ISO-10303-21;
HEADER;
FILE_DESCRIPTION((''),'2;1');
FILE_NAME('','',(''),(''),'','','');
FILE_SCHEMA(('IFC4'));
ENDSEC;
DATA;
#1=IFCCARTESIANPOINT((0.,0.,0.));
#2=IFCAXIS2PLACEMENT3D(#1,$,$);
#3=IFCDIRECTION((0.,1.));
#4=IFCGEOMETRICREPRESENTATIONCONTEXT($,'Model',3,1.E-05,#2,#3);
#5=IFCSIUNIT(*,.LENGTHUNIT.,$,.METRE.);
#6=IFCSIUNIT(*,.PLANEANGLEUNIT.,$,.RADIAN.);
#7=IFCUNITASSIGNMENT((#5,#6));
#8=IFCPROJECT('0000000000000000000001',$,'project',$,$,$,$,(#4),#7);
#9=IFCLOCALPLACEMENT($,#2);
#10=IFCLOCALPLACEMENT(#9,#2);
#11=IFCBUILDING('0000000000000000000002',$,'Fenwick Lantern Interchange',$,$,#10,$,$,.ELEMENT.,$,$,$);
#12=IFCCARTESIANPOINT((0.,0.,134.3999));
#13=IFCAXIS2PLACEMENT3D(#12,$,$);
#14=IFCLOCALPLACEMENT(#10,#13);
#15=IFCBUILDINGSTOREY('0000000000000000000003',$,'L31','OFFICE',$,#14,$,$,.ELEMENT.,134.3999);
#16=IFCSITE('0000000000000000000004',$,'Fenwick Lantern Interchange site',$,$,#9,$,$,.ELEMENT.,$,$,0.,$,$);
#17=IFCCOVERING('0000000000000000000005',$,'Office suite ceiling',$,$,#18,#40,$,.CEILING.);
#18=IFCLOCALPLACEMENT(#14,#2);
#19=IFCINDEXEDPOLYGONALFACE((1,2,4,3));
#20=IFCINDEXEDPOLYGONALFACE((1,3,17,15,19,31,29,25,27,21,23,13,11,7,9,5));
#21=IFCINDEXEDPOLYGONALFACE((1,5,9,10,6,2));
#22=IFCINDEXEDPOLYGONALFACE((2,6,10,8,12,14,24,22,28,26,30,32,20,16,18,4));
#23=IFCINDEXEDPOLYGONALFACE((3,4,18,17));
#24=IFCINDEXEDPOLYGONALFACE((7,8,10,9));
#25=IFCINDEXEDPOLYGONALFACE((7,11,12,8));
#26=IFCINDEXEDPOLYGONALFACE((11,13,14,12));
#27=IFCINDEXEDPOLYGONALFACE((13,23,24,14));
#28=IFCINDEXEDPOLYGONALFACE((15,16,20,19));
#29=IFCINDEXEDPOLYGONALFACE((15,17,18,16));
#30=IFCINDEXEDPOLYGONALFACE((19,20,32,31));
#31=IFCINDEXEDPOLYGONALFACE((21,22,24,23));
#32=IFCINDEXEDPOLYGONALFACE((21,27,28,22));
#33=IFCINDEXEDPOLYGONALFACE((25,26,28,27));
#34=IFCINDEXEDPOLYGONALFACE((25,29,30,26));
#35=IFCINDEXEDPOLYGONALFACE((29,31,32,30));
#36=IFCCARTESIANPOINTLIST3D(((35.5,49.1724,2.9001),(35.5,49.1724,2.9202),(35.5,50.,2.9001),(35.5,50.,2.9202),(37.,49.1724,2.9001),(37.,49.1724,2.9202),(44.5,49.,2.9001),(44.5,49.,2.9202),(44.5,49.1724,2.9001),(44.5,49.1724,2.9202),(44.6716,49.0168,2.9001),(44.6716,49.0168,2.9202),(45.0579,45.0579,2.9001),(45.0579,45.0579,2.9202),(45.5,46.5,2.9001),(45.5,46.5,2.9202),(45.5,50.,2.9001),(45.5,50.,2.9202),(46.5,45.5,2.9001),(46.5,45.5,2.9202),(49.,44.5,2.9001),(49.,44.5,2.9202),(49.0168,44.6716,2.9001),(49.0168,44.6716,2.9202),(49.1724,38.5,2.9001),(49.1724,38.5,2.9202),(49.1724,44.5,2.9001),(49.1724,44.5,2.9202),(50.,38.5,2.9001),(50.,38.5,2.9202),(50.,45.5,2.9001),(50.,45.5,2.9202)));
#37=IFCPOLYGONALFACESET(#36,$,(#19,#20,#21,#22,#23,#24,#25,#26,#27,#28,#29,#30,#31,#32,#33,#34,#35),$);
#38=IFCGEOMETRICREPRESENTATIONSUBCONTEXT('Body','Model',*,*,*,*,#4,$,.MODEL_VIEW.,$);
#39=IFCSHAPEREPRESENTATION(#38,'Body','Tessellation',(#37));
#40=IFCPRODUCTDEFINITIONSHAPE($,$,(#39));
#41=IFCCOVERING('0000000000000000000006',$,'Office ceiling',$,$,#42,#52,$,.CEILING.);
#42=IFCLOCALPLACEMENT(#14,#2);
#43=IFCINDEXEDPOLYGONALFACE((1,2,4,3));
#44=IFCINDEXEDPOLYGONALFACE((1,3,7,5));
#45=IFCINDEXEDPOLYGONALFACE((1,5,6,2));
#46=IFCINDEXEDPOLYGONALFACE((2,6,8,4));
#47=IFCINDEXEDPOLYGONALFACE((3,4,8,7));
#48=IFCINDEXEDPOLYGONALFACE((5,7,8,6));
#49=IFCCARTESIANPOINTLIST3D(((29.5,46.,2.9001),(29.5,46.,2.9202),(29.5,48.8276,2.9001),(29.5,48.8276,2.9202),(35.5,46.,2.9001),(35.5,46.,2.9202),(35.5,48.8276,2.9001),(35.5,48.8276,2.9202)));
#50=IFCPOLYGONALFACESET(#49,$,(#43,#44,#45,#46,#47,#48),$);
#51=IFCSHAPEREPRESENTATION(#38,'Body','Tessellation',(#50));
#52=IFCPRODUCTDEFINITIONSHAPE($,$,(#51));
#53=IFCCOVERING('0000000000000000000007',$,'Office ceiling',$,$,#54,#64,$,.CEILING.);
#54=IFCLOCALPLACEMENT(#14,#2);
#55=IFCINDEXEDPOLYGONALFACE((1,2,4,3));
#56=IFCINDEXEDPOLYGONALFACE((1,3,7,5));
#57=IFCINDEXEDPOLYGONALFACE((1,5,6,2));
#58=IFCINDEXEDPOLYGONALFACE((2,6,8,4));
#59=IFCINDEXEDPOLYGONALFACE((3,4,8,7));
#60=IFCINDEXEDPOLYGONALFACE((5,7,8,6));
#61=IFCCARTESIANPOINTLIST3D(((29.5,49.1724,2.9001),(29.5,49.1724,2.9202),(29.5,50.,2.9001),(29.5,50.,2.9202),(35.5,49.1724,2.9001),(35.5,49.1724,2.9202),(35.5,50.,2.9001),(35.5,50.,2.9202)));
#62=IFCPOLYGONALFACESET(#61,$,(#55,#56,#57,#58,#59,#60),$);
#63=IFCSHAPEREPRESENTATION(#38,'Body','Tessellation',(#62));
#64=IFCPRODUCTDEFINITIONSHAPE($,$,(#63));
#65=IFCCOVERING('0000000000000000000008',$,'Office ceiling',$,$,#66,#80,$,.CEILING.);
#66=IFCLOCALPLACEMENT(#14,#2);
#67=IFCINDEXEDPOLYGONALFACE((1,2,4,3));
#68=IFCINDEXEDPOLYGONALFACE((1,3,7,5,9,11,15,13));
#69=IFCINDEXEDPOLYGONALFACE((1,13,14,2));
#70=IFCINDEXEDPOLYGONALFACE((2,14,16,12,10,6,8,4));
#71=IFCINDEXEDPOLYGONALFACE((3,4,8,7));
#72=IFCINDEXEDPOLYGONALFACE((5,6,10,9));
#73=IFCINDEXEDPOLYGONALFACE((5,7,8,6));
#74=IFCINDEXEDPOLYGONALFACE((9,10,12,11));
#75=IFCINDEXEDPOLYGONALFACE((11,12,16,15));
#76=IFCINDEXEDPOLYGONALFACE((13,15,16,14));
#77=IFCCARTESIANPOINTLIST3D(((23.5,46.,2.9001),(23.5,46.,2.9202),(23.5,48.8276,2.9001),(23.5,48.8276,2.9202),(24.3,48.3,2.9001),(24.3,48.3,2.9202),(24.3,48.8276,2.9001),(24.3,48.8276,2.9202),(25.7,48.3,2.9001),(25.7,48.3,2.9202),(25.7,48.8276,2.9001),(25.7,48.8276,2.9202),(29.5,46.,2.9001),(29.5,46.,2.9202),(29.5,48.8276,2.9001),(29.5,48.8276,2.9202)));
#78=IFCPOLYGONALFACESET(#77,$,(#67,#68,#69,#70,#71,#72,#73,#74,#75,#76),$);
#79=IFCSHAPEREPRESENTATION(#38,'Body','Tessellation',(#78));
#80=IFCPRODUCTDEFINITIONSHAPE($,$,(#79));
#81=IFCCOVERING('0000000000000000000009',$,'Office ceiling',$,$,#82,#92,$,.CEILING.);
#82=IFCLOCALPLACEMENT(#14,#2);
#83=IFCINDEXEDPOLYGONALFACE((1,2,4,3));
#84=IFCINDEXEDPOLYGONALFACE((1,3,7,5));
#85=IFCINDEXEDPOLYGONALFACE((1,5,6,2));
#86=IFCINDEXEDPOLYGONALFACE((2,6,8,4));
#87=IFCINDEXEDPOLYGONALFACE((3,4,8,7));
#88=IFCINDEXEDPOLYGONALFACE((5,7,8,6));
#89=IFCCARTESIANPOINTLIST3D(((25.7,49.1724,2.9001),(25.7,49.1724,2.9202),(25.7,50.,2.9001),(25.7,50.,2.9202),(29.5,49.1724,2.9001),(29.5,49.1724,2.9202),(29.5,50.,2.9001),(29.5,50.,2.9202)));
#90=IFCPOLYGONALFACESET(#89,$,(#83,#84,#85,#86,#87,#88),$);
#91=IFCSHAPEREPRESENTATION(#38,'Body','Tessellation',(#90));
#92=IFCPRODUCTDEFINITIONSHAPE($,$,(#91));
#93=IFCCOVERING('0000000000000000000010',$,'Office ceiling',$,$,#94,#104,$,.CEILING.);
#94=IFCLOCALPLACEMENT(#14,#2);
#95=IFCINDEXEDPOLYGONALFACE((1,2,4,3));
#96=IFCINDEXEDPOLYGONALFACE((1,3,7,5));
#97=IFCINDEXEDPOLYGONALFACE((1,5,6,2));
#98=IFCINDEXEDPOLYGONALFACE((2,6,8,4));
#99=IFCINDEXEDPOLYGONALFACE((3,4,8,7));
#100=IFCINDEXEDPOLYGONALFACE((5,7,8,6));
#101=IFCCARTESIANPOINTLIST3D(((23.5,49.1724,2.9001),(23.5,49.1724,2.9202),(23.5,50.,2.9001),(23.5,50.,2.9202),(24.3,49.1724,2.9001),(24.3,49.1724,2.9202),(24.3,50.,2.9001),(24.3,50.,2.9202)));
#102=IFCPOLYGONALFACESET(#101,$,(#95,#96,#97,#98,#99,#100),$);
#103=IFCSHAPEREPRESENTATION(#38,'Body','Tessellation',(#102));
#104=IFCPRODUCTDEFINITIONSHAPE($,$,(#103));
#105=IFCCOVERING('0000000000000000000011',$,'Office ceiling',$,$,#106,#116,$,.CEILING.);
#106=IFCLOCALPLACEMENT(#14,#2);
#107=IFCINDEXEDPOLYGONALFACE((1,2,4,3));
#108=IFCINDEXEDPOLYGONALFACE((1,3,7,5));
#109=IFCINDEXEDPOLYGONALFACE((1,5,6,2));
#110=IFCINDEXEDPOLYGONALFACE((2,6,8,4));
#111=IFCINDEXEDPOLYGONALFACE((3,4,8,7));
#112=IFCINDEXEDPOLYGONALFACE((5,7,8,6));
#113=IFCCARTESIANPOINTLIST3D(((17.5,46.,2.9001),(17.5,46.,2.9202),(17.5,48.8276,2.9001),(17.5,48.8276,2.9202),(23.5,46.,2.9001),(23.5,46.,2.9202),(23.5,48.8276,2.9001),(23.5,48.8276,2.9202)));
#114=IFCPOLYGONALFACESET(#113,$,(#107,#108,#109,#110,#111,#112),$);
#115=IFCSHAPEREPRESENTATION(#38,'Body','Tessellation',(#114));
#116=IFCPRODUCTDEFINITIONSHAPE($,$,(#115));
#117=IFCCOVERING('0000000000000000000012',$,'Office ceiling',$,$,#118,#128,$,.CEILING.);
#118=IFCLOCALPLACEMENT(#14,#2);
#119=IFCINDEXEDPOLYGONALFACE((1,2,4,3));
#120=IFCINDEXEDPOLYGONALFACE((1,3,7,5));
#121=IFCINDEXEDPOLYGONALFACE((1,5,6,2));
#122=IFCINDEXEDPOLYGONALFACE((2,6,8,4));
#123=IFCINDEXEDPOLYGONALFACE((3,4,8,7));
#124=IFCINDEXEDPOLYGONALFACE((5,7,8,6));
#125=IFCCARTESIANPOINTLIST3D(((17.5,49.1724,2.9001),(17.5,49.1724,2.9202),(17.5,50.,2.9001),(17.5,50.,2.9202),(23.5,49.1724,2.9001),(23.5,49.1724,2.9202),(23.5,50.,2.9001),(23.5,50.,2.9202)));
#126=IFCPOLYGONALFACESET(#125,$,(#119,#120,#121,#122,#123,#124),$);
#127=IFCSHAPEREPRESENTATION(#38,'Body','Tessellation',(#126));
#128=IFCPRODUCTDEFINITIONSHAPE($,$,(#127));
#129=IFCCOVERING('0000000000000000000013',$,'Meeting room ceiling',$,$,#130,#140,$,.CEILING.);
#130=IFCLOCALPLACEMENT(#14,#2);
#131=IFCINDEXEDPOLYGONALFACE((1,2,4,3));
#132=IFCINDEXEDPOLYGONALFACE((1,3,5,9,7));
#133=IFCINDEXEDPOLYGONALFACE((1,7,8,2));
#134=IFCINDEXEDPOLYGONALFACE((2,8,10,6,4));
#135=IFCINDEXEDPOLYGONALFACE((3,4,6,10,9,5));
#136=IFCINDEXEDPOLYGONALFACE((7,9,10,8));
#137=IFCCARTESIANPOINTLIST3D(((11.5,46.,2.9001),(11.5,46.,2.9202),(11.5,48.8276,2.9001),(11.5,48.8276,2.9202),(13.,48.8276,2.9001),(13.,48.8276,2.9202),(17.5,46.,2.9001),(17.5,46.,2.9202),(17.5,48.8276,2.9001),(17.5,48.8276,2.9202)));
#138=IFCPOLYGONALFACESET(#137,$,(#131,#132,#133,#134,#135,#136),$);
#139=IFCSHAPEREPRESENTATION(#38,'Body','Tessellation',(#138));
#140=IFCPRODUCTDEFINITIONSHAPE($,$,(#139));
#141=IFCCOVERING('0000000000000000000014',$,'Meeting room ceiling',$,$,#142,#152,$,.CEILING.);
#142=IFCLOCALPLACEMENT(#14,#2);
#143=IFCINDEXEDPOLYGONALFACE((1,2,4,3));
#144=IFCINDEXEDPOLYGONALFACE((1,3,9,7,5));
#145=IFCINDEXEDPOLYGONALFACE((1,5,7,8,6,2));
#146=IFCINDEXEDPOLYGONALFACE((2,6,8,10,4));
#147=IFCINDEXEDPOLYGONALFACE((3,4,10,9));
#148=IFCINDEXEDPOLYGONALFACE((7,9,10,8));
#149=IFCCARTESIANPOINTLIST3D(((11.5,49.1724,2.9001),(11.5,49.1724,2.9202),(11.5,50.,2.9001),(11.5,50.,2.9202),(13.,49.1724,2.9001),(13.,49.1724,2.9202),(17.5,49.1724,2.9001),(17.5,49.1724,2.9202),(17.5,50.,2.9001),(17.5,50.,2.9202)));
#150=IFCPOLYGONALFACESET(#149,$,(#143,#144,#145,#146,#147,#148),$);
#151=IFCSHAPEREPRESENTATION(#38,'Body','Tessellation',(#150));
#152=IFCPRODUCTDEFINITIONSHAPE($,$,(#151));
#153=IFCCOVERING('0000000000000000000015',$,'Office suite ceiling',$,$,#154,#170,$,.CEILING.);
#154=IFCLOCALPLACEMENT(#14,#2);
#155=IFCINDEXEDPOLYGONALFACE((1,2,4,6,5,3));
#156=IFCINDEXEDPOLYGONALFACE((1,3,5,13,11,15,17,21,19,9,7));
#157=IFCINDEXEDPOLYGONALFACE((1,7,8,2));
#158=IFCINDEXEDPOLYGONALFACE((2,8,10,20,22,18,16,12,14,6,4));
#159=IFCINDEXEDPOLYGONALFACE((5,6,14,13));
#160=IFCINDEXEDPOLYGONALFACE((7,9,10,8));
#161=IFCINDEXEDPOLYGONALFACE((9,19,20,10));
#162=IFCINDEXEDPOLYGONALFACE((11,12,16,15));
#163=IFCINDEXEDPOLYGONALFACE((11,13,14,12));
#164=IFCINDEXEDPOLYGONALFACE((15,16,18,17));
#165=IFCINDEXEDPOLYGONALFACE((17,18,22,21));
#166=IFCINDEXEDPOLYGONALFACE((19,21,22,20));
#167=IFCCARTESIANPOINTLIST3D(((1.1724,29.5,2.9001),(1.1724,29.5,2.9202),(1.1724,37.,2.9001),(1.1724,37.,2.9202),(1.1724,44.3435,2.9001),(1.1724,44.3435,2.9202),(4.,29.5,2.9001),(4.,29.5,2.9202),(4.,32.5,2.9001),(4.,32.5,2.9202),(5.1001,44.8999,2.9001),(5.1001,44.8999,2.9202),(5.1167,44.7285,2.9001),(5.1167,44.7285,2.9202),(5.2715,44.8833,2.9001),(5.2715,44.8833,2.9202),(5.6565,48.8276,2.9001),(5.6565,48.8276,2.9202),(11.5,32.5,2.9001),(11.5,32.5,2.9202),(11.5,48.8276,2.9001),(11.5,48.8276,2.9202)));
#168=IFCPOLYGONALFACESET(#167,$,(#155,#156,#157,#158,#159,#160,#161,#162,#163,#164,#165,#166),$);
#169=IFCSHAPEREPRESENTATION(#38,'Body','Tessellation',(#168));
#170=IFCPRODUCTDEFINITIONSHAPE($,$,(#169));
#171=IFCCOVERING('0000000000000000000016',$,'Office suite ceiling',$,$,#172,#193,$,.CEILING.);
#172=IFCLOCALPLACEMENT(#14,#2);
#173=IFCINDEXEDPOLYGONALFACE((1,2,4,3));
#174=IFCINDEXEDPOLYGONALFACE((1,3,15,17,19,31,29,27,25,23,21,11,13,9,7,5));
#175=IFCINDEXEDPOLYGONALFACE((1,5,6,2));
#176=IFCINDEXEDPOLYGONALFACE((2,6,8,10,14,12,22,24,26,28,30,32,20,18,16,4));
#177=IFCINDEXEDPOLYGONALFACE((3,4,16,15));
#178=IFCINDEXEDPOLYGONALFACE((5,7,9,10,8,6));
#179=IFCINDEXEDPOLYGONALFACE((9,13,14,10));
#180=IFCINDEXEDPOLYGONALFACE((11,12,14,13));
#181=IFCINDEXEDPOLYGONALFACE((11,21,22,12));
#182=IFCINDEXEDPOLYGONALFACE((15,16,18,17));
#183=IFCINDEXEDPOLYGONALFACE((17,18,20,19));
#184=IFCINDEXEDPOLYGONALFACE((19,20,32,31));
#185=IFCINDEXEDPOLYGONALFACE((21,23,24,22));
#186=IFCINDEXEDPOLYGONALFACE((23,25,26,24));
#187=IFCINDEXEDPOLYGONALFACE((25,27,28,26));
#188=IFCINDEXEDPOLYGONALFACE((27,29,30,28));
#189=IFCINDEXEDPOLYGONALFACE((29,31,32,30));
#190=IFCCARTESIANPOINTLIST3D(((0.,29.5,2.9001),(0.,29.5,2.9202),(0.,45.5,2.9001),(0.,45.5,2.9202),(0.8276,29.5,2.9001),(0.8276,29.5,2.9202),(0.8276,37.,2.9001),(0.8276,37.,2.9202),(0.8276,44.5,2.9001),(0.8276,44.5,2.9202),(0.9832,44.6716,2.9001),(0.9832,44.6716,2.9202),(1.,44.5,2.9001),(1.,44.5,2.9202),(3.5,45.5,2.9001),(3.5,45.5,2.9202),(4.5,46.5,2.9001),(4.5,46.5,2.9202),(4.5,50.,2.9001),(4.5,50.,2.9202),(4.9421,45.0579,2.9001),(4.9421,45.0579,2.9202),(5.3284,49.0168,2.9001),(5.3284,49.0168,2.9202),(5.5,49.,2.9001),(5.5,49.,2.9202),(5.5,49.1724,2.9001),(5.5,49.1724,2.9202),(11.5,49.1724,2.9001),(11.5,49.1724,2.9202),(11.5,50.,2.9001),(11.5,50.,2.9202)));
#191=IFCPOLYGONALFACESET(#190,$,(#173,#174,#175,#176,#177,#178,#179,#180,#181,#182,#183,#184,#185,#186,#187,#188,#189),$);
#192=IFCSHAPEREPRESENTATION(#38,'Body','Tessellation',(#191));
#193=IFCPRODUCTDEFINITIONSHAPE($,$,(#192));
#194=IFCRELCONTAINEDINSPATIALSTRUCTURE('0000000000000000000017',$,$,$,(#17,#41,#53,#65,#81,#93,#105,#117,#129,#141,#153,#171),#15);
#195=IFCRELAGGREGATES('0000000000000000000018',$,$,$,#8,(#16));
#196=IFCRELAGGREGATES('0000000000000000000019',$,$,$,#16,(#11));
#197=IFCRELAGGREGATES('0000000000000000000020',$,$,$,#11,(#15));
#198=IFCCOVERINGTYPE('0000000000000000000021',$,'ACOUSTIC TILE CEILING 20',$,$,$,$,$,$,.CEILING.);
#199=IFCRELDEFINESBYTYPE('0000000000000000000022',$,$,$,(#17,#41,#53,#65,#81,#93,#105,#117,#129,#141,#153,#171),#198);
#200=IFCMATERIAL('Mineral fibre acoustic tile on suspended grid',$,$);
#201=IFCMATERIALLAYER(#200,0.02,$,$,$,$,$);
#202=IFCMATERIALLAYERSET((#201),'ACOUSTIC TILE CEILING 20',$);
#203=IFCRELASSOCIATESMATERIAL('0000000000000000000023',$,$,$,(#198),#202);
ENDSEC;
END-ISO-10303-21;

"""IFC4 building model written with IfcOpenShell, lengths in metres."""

from ifc_helpers import new_model, si_unit, direction, frame, origin, place, context, subcontext, project, spatial, polyline, outline, extrude, material, layer, layer_set, type_object, element, save


model = new_model("IFC4")

# Units and contexts
model_context = context("Model", 3, precision=1e-05, world=origin(), true_north=direction((0.0, 1.0)))
body_context = subcontext(model_context, "Body", "Model", "MODEL_VIEW")
ifc_project = project(units=[si_unit("LENGTHUNIT", "METRE"), si_unit("PLANEANGLEUNIT", "RADIAN")], contexts=[model_context])

# Site, building, storey
site_placement = place(None, origin())
site = spatial("IfcSite", under=ifc_project, at=site_placement, Name="Fenwick Lantern Interchange site", CompositionType="ELEMENT", RefElevation=0.0)
building_placement = place(site_placement, origin())
building = spatial("IfcBuilding", under=site, at=building_placement, Name="Fenwick Lantern Interchange", CompositionType="ELEMENT")
storey_placement = place(building_placement, frame((0.0, 0.0, 134.3999)))
storey = spatial("IfcBuildingStorey", under=building, at=storey_placement, Name="L31", Description="OFFICE", CompositionType="ELEMENT", Elevation=134.3999)

# Coverings
ifc_material = material(Name="Mineral fibre acoustic tile on suspended grid")
ifc_layer = layer(ifc_material, 0.02)
ifc_layer_set = layer_set([ifc_layer], Name="ACOUSTIC TILE CEILING 20")
covering_type = type_object("IfcCoveringType", Name="ACOUSTIC TILE CEILING 20", PredefinedType="CEILING", material=ifc_layer_set)
covering_1_placement = place(storey_placement, frame((0.0, 0.0, 2.9001)))
element("IfcCovering", 1, at=covering_1_placement, inside=storey, type_object=covering_type, Name="Office suite ceiling", PredefinedType="CEILING", context=body_context, shape_type="SweptSolid", body=[
    extrude(outline(polyline([(50.0, 38.5), (50.0, 45.5), (46.5, 45.5), (45.5, 46.5), (45.5, 50.0), (35.5, 50.0), (35.5, 49.1724), (37.0, 49.1724), (44.5, 49.1724), (44.5, 49.0), (44.6716, 49.0168), (45.0579, 45.0579), (49.0168, 44.6716), (49.0, 44.5), (49.1724, 44.5), (49.1724, 38.5), (50.0, 38.5)])), origin(), (0.0, 0.0, 1.0), 0.02),
])
covering_2_placement = place(storey_placement, frame((0.0, 0.0, 2.9001)))
element("IfcCovering", 2, at=covering_2_placement, inside=storey, type_object=covering_type, Name="Office ceiling", PredefinedType="CEILING", context=body_context, shape_type="SweptSolid", body=[
    extrude(outline(polyline([(35.5, 46.0), (35.5, 48.8276), (29.5, 48.8276), (29.5, 46.0), (35.5, 46.0)])), origin(), (0.0, 0.0, 1.0), 0.02),
])
covering_3_placement = place(storey_placement, frame((0.0, 0.0, 2.9001)))
element("IfcCovering", 3, at=covering_3_placement, inside=storey, type_object=covering_type, Name="Office ceiling", PredefinedType="CEILING", context=body_context, shape_type="SweptSolid", body=[
    extrude(outline(polyline([(29.5, 50.0), (29.5, 49.1724), (35.5, 49.1724), (35.5, 50.0), (29.5, 50.0)])), origin(), (0.0, 0.0, 1.0), 0.02),
])
covering_4_placement = place(storey_placement, frame((0.0, 0.0, 2.9001)))
element("IfcCovering", 4, at=covering_4_placement, inside=storey, type_object=covering_type, Name="Office ceiling", PredefinedType="CEILING", context=body_context, shape_type="SweptSolid", body=[
    extrude(outline(polyline([(29.5, 46.0), (29.5, 48.8276), (25.7, 48.8276), (25.7, 48.3), (24.3, 48.3), (24.3, 48.8276), (23.5, 48.8276), (23.5, 46.0), (29.5, 46.0)])), origin(), (0.0, 0.0, 1.0), 0.02),
])
covering_5_placement = place(storey_placement, frame((0.0, 0.0, 2.9001)))
element("IfcCovering", 5, at=covering_5_placement, inside=storey, type_object=covering_type, Name="Office ceiling", PredefinedType="CEILING", context=body_context, shape_type="SweptSolid", body=[
    extrude(outline(polyline([(29.5, 49.1724), (29.5, 50.0), (25.7, 50.0), (25.7, 49.1724), (29.5, 49.1724)])), origin(), (0.0, 0.0, 1.0), 0.02),
])
covering_6_placement = place(storey_placement, frame((0.0, 0.0, 2.9001)))
element("IfcCovering", 6, at=covering_6_placement, inside=storey, type_object=covering_type, Name="Office ceiling", PredefinedType="CEILING", context=body_context, shape_type="SweptSolid", body=[
    extrude(outline(polyline([(23.5, 50.0), (23.5, 49.1724), (24.3, 49.1724), (24.3, 50.0), (23.5, 50.0)])), origin(), (0.0, 0.0, 1.0), 0.02),
])
covering_7_placement = place(storey_placement, frame((0.0, 0.0, 2.9001)))
element("IfcCovering", 7, at=covering_7_placement, inside=storey, type_object=covering_type, Name="Office ceiling", PredefinedType="CEILING", context=body_context, shape_type="SweptSolid", body=[
    extrude(outline(polyline([(23.5, 46.0), (23.5, 48.8276), (17.5, 48.8276), (17.5, 46.0), (23.5, 46.0)])), origin(), (0.0, 0.0, 1.0), 0.02),
])
covering_8_placement = place(storey_placement, frame((0.0, 0.0, 2.9001)))
element("IfcCovering", 8, at=covering_8_placement, inside=storey, type_object=covering_type, Name="Office ceiling", PredefinedType="CEILING", context=body_context, shape_type="SweptSolid", body=[
    extrude(outline(polyline([(17.5, 50.0), (17.5, 49.1724), (23.5, 49.1724), (23.5, 50.0), (17.5, 50.0)])), origin(), (0.0, 0.0, 1.0), 0.02),
])
covering_9_placement = place(storey_placement, frame((0.0, 0.0, 2.9001)))
element("IfcCovering", 9, at=covering_9_placement, inside=storey, type_object=covering_type, Name="Meeting room ceiling", PredefinedType="CEILING", context=body_context, shape_type="SweptSolid", body=[
    extrude(outline(polyline([(17.5, 46.0), (17.5, 48.8276), (13.0, 48.8276), (11.5, 48.8276), (11.5, 46.0), (17.5, 46.0)])), origin(), (0.0, 0.0, 1.0), 0.02),
])
covering_10_placement = place(storey_placement, frame((0.0, 0.0, 2.9001)))
element("IfcCovering", 10, at=covering_10_placement, inside=storey, type_object=covering_type, Name="Meeting room ceiling", PredefinedType="CEILING", context=body_context, shape_type="SweptSolid", body=[
    extrude(outline(polyline([(11.5, 50.0), (11.5, 49.1724), (13.0, 49.1724), (17.5, 49.1724), (17.5, 50.0), (11.5, 50.0)])), origin(), (0.0, 0.0, 1.0), 0.02),
])
covering_11_placement = place(storey_placement, frame((0.0, 0.0, 2.9001)))
element("IfcCovering", 11, at=covering_11_placement, inside=storey, type_object=covering_type, Name="Office suite ceiling", PredefinedType="CEILING", context=body_context, shape_type="SweptSolid", body=[
    extrude(outline(polyline([(1.1724, 29.5), (4.0, 29.5), (4.0, 32.5), (11.5, 32.5), (11.5, 48.8276), (5.6565, 48.8276), (5.2715, 44.8833), (5.1001, 44.8999), (5.1167, 44.7285), (1.1724, 44.3435), (1.1724, 37.0), (1.1724, 29.5)])), origin(), (0.0, 0.0, 1.0), 0.02),
])
covering_12_placement = place(storey_placement, frame((0.0, 0.0, 2.9001)))
element("IfcCovering", 12, at=covering_12_placement, inside=storey, type_object=covering_type, Name="Office suite ceiling", PredefinedType="CEILING", context=body_context, shape_type="SweptSolid", body=[
    extrude(outline(polyline([(0.0, 29.5), (0.8276, 29.5), (0.8276, 37.0), (0.8276, 44.5), (1.0, 44.5), (0.9832, 44.6716), (4.9421, 45.0579), (5.3284, 49.0168), (5.5, 49.0), (5.5, 49.1724), (11.5, 49.1724), (11.5, 50.0), (4.5, 50.0), (4.5, 46.5), (3.5, 45.5), (0.0, 45.5), (0.0, 29.5)])), origin(), (0.0, 0.0, 1.0), 0.02),
])

save(model, "model.ifc")
